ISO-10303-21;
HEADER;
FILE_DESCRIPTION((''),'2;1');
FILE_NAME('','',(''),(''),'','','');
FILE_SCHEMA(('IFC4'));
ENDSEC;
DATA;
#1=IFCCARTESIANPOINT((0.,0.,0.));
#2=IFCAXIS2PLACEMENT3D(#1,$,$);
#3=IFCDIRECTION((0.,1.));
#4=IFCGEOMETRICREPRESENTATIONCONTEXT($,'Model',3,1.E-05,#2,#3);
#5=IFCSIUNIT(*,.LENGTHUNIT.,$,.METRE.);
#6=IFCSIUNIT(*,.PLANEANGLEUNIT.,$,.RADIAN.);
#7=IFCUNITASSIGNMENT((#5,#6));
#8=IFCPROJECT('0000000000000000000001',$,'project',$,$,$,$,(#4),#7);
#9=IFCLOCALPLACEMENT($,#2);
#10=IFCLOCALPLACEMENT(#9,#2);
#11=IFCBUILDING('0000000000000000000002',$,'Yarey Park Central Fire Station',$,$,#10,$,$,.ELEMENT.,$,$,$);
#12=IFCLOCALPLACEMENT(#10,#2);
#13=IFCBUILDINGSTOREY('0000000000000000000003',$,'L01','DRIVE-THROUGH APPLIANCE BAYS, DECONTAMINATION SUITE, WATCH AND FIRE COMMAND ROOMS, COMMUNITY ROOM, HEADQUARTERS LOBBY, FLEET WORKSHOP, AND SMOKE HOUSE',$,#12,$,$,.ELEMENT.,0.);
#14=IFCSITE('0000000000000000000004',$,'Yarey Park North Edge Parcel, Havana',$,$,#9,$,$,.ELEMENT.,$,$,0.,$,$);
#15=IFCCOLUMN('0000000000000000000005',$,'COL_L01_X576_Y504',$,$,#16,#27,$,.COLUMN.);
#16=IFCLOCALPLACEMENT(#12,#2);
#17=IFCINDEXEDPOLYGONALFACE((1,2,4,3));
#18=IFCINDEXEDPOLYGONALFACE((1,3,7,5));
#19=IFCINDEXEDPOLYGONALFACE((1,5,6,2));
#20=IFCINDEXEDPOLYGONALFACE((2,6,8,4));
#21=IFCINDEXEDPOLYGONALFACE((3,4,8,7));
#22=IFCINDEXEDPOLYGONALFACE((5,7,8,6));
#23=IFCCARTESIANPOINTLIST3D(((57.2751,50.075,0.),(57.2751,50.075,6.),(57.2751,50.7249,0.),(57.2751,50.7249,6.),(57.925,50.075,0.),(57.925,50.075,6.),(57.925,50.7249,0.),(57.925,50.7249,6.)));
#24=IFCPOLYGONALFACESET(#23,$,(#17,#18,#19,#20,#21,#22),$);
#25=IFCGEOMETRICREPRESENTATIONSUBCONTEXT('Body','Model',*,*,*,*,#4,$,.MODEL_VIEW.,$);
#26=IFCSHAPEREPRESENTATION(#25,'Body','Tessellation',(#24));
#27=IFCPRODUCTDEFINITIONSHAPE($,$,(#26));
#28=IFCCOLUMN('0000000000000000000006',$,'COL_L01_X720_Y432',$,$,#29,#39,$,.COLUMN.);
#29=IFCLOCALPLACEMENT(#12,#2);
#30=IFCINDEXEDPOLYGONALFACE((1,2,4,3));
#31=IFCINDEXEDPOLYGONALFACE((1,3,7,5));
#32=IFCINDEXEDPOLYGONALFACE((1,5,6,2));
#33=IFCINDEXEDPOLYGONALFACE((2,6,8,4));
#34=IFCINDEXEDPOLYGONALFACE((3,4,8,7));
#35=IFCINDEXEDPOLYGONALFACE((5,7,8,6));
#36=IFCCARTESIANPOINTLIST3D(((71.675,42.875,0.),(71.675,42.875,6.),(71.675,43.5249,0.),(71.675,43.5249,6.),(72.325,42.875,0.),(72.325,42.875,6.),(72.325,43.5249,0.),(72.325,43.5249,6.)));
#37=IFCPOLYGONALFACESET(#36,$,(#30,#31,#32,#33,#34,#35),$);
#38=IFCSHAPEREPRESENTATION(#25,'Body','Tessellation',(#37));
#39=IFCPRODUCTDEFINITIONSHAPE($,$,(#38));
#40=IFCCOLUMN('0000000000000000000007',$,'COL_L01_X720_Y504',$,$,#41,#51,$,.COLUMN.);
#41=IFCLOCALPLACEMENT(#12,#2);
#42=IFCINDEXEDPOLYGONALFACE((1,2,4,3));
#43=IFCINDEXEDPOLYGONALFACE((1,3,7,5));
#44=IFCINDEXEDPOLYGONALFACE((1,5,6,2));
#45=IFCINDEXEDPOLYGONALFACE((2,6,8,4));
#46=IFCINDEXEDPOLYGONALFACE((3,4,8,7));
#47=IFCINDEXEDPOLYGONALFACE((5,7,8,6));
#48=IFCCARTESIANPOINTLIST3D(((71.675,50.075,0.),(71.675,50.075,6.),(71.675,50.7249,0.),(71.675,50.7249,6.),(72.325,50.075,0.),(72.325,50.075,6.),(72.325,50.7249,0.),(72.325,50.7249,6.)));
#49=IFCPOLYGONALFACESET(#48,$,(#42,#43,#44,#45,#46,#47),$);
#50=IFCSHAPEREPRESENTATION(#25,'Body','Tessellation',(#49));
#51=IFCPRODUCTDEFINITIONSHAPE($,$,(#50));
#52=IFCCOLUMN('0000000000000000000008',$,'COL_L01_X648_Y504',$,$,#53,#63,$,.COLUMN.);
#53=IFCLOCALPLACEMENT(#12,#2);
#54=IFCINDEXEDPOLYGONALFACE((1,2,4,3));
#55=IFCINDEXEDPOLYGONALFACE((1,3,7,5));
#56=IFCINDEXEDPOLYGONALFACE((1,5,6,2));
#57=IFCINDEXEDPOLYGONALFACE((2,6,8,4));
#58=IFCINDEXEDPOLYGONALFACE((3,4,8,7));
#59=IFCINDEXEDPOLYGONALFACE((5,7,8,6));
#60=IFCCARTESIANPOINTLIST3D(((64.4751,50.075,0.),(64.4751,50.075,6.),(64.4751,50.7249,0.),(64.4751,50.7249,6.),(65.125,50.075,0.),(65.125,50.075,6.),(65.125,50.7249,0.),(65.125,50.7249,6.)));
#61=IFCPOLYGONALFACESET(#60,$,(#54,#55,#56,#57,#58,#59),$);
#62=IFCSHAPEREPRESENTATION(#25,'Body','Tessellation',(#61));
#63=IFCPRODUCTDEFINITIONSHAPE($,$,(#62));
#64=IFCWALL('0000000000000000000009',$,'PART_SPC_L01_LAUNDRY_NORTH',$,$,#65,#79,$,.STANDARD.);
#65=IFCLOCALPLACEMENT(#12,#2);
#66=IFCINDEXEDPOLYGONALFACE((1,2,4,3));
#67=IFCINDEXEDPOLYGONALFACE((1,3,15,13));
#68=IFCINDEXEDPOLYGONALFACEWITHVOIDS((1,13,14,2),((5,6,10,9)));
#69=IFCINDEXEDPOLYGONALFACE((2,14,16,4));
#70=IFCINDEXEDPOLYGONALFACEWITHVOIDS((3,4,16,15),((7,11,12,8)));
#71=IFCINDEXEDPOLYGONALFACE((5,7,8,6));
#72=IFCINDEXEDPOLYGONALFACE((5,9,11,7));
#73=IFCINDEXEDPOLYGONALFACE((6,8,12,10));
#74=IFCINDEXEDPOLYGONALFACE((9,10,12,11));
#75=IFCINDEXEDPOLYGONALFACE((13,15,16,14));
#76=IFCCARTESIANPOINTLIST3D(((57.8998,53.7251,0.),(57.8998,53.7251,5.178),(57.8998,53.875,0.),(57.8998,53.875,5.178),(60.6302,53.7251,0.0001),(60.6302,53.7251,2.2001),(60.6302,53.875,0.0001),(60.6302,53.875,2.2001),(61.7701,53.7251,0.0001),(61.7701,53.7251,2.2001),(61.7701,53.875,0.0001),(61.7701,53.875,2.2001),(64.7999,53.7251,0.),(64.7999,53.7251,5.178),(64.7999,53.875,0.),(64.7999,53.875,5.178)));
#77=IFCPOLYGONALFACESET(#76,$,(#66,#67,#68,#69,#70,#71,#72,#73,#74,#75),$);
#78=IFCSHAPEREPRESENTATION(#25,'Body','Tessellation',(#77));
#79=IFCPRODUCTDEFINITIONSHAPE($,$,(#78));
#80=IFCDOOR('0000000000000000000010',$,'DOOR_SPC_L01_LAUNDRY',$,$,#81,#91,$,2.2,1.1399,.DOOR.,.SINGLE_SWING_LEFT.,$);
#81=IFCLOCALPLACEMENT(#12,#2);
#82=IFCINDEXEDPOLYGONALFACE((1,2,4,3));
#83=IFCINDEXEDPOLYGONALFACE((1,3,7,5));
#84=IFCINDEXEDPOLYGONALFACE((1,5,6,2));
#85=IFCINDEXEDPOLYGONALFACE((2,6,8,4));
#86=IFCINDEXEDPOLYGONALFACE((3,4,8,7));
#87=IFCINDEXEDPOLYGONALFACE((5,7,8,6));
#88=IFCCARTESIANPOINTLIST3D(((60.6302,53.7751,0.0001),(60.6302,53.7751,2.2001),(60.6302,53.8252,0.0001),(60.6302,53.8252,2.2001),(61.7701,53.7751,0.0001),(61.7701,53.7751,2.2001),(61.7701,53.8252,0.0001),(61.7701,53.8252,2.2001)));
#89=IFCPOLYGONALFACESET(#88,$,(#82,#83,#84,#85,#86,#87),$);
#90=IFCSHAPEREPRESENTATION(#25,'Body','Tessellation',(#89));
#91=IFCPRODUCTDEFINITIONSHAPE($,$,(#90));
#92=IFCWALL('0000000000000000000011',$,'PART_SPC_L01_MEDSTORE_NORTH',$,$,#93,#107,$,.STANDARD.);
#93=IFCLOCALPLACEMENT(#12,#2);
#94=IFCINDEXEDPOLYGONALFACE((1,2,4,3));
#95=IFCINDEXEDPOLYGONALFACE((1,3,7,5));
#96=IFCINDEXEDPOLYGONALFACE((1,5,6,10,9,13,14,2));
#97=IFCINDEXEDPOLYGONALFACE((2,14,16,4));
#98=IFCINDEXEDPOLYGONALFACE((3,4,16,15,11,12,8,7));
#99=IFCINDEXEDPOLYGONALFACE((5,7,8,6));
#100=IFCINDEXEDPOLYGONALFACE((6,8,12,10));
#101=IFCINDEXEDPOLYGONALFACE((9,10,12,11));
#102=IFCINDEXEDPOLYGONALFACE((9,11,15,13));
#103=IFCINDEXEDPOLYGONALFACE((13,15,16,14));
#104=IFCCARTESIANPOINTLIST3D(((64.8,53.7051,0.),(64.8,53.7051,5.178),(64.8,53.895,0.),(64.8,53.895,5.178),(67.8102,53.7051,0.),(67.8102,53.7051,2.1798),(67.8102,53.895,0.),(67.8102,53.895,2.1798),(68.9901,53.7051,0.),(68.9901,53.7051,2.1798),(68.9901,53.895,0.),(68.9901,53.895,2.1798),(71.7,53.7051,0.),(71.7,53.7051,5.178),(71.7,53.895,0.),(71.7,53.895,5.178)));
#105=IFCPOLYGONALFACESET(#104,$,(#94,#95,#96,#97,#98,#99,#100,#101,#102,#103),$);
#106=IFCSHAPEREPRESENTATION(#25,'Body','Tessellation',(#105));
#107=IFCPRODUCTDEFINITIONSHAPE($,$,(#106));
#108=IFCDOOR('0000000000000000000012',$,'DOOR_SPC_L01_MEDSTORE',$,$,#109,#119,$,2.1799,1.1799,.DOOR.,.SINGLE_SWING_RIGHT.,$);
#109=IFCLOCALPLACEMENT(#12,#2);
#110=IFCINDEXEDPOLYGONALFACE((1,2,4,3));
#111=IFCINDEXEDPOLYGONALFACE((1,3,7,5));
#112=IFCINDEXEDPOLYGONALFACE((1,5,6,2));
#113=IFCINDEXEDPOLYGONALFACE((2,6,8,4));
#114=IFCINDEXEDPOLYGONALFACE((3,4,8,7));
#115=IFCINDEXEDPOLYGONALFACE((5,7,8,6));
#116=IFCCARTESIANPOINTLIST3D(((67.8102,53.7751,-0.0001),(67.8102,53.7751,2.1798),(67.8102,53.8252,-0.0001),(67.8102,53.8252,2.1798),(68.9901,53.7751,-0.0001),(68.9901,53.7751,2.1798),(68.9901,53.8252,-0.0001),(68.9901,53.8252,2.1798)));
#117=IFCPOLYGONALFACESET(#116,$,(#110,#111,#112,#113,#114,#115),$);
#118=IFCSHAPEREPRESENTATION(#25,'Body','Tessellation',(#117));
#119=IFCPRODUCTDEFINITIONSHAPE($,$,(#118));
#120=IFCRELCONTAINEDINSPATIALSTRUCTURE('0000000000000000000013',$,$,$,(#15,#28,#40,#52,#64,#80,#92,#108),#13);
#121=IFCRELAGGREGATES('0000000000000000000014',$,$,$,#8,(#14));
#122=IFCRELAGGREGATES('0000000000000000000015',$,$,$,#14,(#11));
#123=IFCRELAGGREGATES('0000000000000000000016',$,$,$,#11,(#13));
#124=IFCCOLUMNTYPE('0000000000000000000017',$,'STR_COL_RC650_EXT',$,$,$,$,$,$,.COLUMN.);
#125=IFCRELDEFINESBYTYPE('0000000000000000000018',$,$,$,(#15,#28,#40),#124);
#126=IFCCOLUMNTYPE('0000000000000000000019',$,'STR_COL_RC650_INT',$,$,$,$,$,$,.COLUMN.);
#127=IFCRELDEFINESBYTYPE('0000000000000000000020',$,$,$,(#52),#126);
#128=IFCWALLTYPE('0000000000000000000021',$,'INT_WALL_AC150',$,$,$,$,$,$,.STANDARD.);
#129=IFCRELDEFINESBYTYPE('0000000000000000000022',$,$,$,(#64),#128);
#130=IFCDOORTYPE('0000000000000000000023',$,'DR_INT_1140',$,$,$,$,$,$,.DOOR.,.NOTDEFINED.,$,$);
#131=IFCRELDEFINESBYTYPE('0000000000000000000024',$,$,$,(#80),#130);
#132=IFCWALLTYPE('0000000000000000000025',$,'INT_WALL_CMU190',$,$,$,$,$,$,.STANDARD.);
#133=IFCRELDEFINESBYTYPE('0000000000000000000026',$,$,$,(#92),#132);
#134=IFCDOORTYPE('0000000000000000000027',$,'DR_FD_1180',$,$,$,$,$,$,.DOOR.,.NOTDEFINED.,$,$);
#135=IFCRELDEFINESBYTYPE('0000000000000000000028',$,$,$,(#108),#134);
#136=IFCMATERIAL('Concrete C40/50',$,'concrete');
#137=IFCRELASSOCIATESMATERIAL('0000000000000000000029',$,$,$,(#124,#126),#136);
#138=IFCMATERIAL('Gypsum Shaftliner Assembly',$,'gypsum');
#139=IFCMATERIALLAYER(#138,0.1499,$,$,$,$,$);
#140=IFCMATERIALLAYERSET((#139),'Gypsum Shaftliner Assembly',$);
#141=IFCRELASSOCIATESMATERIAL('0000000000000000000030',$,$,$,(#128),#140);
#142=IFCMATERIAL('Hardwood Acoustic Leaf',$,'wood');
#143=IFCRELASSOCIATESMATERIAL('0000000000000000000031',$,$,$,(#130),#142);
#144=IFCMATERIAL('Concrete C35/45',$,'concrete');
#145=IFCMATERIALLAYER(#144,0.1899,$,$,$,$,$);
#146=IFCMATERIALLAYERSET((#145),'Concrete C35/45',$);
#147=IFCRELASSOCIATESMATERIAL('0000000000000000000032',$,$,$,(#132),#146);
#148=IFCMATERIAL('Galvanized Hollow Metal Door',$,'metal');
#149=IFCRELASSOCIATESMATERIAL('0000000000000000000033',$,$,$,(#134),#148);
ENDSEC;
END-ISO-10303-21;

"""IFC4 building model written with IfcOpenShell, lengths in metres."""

from ifc_helpers import new_model, si_unit, direction, frame, frame_2d, origin, origin_2d, place, context, subcontext, project, spatial, rectangle, extrude, material, layer, layer_set, material_profile, profile_set, type_object, element, fill, save


model = new_model("IFC4")

# Units and contexts
model_context = context("Model", 3, precision=1e-05, world=origin(), true_north=direction((0.0, 1.0)))
body_context = subcontext(model_context, "Body", "Model", "MODEL_VIEW")
ifc_project = project(units=[si_unit("LENGTHUNIT", "METRE"), si_unit("PLANEANGLEUNIT", "RADIAN")], contexts=[model_context])

# Site, building, storey
site_placement = place(None, origin())
site = spatial("IfcSite", under=ifc_project, at=site_placement, Name="Yarey Park North Edge Parcel, Havana", CompositionType="ELEMENT", RefElevation=0.0)
building_placement = place(site_placement, origin())
building = spatial("IfcBuilding", under=site, at=building_placement, Name="Yarey Park Central Fire Station", CompositionType="ELEMENT")
storey_placement = place(building_placement, origin())
storey = spatial("IfcBuildingStorey", under=building, at=storey_placement, Name="L01", Description="DRIVE-THROUGH APPLIANCE BAYS, DECONTAMINATION SUITE, WATCH AND FIRE COMMAND ROOMS, COMMUNITY ROOM, HEADQUARTERS LOBBY, FLEET WORKSHOP, AND SMOKE HOUSE", CompositionType="ELEMENT", Elevation=0.0)

# Shared definitions
ifc_material_1 = material(Name="Concrete C35/45", Category="concrete")

# Columns
ifc_material_2 = material(Name="Concrete C40/50", Category="concrete")
ifc_material_profile_1 = material_profile(ifc_material_2, rectangle(XDim=0.6499, YDim=0.6499, at=origin_2d()), Name="RC 650x650")
ifc_profile_set_1 = profile_set([ifc_material_profile_1], Name="Concrete C40/50")
column_type_1 = type_object("IfcColumnType", Name="STR_COL_RC650_EXT", PredefinedType="COLUMN", material=ifc_profile_set_1)
for number, where, z_axis, x_axis, name in (
    (1, (57.6001, 50.3999, 0.0), (0.0, 0.0, 1.0), (1.0, 0.0, 0.0), "COL_L01_X576_Y504"),
    (2, (72.0, 43.2, 0.0), (0.0, 0.0, 1.0), (1.0, 0.0, 0.0), "COL_L01_X720_Y432"),
    (3, (72.0, 50.3999, 0.0), (0.0, 0.0, 1.0), (1.0, 0.0, 0.0), "COL_L01_X720_Y504"),
):
    element("IfcColumn", number, at=place(storey_placement, frame(where, z_axis=z_axis, x_axis=x_axis)), inside=storey, type_object=column_type_1, Name=name, PredefinedType="COLUMN", context=body_context, shape_type="SweptSolid", body=[
        extrude(rectangle(XDim=0.6499, YDim=0.6499, at=origin_2d()), origin(), (0.0, 0.0, 1.0), 6.0),
    ])
ifc_material_profile_2 = material_profile(ifc_material_2, rectangle(XDim=0.6499, YDim=0.6499, at=origin_2d()), Name="RC 650x650")
ifc_profile_set_2 = profile_set([ifc_material_profile_2], Name="Concrete C40/50")
column_type_2 = type_object("IfcColumnType", Name="STR_COL_RC650_INT", PredefinedType="COLUMN", material=ifc_profile_set_2)
column_placement = place(storey_placement, frame((64.8, 50.3999, 0.0), z_axis=(0.0, 0.0, 1.0), x_axis=(1.0, 0.0, 0.0)))
element("IfcColumn", 4, at=column_placement, inside=storey, type_object=column_type_2, Name="COL_L01_X648_Y504", PredefinedType="COLUMN", context=body_context, shape_type="SweptSolid", body=[
    extrude(rectangle(XDim=0.6499, YDim=0.6499, at=origin_2d()), origin(), (0.0, 0.0, 1.0), 6.0),
])

# Walls, openings, doors
ifc_material_3 = material(Name="Gypsum Shaftliner Assembly", Category="gypsum")
ifc_layer_1 = layer(ifc_material_3, 0.1499)
ifc_layer_set_1 = layer_set([ifc_layer_1], Name="Gypsum Shaftliner Assembly")
wall_type_1 = type_object("IfcWallType", Name="INT_WALL_AC150", PredefinedType="STANDARD", material=ifc_layer_set_1)
wall_1_placement = place(storey_placement, frame((64.8, 53.8, 0.0), z_axis=(0.0, 0.0, 1.0), x_axis=(-1.0, 0.0, 0.0)))
wall_1 = element("IfcWall", 5, at=wall_1_placement, inside=storey, type_object=wall_type_1, Name="PART_SPC_L01_LAUNDRY_NORTH", PredefinedType="STANDARD", context=body_context, shape_type="SweptSolid", body=[
    extrude(rectangle(XDim=6.9001, YDim=0.1499, at=frame_2d((3.4502, 0.0))), origin(), (0.0, 0.0, 1.0), 5.178),
])
opening_1_placement = place(wall_1_placement, frame((3.03, 0.0, 0.0)))
opening_1 = element("IfcOpeningElement", 6, at=opening_1_placement, cuts=wall_1, PredefinedType="OPENING", context=body_context, shape_type="SweptSolid", body=[
    extrude(rectangle(XDim=1.1399, YDim=2.2, at=frame_2d((0.5698, 1.1001))), frame((0.0, 0.085, 0.0), z_axis=(0.0, -1.0, 0.0), x_axis=(1.0, 0.0, 0.0)), (0.0, 0.0, 1.0), 0.1699),
])
ifc_material_4 = material(Name="Hardwood Acoustic Leaf", Category="wood")
door_type_1 = type_object("IfcDoorType", Name="DR_INT_1140", OperationType="NOTDEFINED", PredefinedType="DOOR", material=ifc_material_4)
door_1_placement = place(opening_1_placement, origin())
door_1 = element("IfcDoor", 7, at=door_1_placement, inside=storey, type_object=door_type_1, Name="DOOR_SPC_L01_LAUNDRY", OperationType="SINGLE_SWING_LEFT", OverallHeight=2.2, OverallWidth=1.1399, PredefinedType="DOOR", context=body_context, shape_type="SweptSolid", body=[
    extrude(rectangle(XDim=1.1399, YDim=2.2, at=frame_2d((0.5698, 1.1001))), frame((0.0, 0.0249, 0.0), z_axis=(0.0, -1.0, 0.0), x_axis=(1.0, 0.0, 0.0)), (0.0, 0.0, 1.0), 0.05),
])
fill(opening_1, door_1)
ifc_layer_2 = layer(ifc_material_1, 0.1899)
ifc_layer_set_2 = layer_set([ifc_layer_2], Name="Concrete C35/45")
wall_type_2 = type_object("IfcWallType", Name="INT_WALL_CMU190", PredefinedType="STANDARD", material=ifc_layer_set_2)
wall_2_placement = place(storey_placement, frame((71.7, 53.8, 0.0), z_axis=(0.0, 0.0, 1.0), x_axis=(-1.0, 0.0, 0.0)))
wall_2 = element("IfcWall", 8, at=wall_2_placement, inside=storey, type_object=wall_type_2, Name="PART_SPC_L01_MEDSTORE_NORTH", PredefinedType="STANDARD", context=body_context, shape_type="SweptSolid", body=[
    extrude(rectangle(XDim=6.8999, YDim=0.1899, at=frame_2d((3.45, 0.0))), origin(), (0.0, 0.0, 1.0), 5.178),
])
opening_2_placement = place(wall_2_placement, frame((2.71, 0.0, 0.0)))
opening_2 = element("IfcOpeningElement", 9, at=opening_2_placement, cuts=wall_2, PredefinedType="OPENING", context=body_context, shape_type="SweptSolid", body=[
    extrude(rectangle(XDim=1.1799, YDim=2.1799, at=frame_2d((0.5898, 1.0898))), frame((0.0, 0.105, 0.0), z_axis=(0.0, -1.0, 0.0), x_axis=(1.0, 0.0, 0.0)), (0.0, 0.0, 1.0), 0.21),
])
ifc_material_5 = material(Name="Galvanized Hollow Metal Door", Category="metal")
door_type_2 = type_object("IfcDoorType", Name="DR_FD_1180", OperationType="NOTDEFINED", PredefinedType="DOOR", material=ifc_material_5)
door_2_placement = place(opening_2_placement, origin())
door_2 = element("IfcDoor", 10, at=door_2_placement, inside=storey, type_object=door_type_2, Name="DOOR_SPC_L01_MEDSTORE", OperationType="SINGLE_SWING_RIGHT", OverallHeight=2.1799, OverallWidth=1.1799, PredefinedType="DOOR", context=body_context, shape_type="SweptSolid", body=[
    extrude(rectangle(XDim=1.1799, YDim=2.1799, at=frame_2d((0.5898, 1.0898))), frame((0.0, 0.0249, 0.0), z_axis=(0.0, -1.0, 0.0), x_axis=(1.0, 0.0, 0.0)), (0.0, 0.0, 1.0), 0.05),
])
fill(opening_2, door_2)

save(model, "model.ifc")
